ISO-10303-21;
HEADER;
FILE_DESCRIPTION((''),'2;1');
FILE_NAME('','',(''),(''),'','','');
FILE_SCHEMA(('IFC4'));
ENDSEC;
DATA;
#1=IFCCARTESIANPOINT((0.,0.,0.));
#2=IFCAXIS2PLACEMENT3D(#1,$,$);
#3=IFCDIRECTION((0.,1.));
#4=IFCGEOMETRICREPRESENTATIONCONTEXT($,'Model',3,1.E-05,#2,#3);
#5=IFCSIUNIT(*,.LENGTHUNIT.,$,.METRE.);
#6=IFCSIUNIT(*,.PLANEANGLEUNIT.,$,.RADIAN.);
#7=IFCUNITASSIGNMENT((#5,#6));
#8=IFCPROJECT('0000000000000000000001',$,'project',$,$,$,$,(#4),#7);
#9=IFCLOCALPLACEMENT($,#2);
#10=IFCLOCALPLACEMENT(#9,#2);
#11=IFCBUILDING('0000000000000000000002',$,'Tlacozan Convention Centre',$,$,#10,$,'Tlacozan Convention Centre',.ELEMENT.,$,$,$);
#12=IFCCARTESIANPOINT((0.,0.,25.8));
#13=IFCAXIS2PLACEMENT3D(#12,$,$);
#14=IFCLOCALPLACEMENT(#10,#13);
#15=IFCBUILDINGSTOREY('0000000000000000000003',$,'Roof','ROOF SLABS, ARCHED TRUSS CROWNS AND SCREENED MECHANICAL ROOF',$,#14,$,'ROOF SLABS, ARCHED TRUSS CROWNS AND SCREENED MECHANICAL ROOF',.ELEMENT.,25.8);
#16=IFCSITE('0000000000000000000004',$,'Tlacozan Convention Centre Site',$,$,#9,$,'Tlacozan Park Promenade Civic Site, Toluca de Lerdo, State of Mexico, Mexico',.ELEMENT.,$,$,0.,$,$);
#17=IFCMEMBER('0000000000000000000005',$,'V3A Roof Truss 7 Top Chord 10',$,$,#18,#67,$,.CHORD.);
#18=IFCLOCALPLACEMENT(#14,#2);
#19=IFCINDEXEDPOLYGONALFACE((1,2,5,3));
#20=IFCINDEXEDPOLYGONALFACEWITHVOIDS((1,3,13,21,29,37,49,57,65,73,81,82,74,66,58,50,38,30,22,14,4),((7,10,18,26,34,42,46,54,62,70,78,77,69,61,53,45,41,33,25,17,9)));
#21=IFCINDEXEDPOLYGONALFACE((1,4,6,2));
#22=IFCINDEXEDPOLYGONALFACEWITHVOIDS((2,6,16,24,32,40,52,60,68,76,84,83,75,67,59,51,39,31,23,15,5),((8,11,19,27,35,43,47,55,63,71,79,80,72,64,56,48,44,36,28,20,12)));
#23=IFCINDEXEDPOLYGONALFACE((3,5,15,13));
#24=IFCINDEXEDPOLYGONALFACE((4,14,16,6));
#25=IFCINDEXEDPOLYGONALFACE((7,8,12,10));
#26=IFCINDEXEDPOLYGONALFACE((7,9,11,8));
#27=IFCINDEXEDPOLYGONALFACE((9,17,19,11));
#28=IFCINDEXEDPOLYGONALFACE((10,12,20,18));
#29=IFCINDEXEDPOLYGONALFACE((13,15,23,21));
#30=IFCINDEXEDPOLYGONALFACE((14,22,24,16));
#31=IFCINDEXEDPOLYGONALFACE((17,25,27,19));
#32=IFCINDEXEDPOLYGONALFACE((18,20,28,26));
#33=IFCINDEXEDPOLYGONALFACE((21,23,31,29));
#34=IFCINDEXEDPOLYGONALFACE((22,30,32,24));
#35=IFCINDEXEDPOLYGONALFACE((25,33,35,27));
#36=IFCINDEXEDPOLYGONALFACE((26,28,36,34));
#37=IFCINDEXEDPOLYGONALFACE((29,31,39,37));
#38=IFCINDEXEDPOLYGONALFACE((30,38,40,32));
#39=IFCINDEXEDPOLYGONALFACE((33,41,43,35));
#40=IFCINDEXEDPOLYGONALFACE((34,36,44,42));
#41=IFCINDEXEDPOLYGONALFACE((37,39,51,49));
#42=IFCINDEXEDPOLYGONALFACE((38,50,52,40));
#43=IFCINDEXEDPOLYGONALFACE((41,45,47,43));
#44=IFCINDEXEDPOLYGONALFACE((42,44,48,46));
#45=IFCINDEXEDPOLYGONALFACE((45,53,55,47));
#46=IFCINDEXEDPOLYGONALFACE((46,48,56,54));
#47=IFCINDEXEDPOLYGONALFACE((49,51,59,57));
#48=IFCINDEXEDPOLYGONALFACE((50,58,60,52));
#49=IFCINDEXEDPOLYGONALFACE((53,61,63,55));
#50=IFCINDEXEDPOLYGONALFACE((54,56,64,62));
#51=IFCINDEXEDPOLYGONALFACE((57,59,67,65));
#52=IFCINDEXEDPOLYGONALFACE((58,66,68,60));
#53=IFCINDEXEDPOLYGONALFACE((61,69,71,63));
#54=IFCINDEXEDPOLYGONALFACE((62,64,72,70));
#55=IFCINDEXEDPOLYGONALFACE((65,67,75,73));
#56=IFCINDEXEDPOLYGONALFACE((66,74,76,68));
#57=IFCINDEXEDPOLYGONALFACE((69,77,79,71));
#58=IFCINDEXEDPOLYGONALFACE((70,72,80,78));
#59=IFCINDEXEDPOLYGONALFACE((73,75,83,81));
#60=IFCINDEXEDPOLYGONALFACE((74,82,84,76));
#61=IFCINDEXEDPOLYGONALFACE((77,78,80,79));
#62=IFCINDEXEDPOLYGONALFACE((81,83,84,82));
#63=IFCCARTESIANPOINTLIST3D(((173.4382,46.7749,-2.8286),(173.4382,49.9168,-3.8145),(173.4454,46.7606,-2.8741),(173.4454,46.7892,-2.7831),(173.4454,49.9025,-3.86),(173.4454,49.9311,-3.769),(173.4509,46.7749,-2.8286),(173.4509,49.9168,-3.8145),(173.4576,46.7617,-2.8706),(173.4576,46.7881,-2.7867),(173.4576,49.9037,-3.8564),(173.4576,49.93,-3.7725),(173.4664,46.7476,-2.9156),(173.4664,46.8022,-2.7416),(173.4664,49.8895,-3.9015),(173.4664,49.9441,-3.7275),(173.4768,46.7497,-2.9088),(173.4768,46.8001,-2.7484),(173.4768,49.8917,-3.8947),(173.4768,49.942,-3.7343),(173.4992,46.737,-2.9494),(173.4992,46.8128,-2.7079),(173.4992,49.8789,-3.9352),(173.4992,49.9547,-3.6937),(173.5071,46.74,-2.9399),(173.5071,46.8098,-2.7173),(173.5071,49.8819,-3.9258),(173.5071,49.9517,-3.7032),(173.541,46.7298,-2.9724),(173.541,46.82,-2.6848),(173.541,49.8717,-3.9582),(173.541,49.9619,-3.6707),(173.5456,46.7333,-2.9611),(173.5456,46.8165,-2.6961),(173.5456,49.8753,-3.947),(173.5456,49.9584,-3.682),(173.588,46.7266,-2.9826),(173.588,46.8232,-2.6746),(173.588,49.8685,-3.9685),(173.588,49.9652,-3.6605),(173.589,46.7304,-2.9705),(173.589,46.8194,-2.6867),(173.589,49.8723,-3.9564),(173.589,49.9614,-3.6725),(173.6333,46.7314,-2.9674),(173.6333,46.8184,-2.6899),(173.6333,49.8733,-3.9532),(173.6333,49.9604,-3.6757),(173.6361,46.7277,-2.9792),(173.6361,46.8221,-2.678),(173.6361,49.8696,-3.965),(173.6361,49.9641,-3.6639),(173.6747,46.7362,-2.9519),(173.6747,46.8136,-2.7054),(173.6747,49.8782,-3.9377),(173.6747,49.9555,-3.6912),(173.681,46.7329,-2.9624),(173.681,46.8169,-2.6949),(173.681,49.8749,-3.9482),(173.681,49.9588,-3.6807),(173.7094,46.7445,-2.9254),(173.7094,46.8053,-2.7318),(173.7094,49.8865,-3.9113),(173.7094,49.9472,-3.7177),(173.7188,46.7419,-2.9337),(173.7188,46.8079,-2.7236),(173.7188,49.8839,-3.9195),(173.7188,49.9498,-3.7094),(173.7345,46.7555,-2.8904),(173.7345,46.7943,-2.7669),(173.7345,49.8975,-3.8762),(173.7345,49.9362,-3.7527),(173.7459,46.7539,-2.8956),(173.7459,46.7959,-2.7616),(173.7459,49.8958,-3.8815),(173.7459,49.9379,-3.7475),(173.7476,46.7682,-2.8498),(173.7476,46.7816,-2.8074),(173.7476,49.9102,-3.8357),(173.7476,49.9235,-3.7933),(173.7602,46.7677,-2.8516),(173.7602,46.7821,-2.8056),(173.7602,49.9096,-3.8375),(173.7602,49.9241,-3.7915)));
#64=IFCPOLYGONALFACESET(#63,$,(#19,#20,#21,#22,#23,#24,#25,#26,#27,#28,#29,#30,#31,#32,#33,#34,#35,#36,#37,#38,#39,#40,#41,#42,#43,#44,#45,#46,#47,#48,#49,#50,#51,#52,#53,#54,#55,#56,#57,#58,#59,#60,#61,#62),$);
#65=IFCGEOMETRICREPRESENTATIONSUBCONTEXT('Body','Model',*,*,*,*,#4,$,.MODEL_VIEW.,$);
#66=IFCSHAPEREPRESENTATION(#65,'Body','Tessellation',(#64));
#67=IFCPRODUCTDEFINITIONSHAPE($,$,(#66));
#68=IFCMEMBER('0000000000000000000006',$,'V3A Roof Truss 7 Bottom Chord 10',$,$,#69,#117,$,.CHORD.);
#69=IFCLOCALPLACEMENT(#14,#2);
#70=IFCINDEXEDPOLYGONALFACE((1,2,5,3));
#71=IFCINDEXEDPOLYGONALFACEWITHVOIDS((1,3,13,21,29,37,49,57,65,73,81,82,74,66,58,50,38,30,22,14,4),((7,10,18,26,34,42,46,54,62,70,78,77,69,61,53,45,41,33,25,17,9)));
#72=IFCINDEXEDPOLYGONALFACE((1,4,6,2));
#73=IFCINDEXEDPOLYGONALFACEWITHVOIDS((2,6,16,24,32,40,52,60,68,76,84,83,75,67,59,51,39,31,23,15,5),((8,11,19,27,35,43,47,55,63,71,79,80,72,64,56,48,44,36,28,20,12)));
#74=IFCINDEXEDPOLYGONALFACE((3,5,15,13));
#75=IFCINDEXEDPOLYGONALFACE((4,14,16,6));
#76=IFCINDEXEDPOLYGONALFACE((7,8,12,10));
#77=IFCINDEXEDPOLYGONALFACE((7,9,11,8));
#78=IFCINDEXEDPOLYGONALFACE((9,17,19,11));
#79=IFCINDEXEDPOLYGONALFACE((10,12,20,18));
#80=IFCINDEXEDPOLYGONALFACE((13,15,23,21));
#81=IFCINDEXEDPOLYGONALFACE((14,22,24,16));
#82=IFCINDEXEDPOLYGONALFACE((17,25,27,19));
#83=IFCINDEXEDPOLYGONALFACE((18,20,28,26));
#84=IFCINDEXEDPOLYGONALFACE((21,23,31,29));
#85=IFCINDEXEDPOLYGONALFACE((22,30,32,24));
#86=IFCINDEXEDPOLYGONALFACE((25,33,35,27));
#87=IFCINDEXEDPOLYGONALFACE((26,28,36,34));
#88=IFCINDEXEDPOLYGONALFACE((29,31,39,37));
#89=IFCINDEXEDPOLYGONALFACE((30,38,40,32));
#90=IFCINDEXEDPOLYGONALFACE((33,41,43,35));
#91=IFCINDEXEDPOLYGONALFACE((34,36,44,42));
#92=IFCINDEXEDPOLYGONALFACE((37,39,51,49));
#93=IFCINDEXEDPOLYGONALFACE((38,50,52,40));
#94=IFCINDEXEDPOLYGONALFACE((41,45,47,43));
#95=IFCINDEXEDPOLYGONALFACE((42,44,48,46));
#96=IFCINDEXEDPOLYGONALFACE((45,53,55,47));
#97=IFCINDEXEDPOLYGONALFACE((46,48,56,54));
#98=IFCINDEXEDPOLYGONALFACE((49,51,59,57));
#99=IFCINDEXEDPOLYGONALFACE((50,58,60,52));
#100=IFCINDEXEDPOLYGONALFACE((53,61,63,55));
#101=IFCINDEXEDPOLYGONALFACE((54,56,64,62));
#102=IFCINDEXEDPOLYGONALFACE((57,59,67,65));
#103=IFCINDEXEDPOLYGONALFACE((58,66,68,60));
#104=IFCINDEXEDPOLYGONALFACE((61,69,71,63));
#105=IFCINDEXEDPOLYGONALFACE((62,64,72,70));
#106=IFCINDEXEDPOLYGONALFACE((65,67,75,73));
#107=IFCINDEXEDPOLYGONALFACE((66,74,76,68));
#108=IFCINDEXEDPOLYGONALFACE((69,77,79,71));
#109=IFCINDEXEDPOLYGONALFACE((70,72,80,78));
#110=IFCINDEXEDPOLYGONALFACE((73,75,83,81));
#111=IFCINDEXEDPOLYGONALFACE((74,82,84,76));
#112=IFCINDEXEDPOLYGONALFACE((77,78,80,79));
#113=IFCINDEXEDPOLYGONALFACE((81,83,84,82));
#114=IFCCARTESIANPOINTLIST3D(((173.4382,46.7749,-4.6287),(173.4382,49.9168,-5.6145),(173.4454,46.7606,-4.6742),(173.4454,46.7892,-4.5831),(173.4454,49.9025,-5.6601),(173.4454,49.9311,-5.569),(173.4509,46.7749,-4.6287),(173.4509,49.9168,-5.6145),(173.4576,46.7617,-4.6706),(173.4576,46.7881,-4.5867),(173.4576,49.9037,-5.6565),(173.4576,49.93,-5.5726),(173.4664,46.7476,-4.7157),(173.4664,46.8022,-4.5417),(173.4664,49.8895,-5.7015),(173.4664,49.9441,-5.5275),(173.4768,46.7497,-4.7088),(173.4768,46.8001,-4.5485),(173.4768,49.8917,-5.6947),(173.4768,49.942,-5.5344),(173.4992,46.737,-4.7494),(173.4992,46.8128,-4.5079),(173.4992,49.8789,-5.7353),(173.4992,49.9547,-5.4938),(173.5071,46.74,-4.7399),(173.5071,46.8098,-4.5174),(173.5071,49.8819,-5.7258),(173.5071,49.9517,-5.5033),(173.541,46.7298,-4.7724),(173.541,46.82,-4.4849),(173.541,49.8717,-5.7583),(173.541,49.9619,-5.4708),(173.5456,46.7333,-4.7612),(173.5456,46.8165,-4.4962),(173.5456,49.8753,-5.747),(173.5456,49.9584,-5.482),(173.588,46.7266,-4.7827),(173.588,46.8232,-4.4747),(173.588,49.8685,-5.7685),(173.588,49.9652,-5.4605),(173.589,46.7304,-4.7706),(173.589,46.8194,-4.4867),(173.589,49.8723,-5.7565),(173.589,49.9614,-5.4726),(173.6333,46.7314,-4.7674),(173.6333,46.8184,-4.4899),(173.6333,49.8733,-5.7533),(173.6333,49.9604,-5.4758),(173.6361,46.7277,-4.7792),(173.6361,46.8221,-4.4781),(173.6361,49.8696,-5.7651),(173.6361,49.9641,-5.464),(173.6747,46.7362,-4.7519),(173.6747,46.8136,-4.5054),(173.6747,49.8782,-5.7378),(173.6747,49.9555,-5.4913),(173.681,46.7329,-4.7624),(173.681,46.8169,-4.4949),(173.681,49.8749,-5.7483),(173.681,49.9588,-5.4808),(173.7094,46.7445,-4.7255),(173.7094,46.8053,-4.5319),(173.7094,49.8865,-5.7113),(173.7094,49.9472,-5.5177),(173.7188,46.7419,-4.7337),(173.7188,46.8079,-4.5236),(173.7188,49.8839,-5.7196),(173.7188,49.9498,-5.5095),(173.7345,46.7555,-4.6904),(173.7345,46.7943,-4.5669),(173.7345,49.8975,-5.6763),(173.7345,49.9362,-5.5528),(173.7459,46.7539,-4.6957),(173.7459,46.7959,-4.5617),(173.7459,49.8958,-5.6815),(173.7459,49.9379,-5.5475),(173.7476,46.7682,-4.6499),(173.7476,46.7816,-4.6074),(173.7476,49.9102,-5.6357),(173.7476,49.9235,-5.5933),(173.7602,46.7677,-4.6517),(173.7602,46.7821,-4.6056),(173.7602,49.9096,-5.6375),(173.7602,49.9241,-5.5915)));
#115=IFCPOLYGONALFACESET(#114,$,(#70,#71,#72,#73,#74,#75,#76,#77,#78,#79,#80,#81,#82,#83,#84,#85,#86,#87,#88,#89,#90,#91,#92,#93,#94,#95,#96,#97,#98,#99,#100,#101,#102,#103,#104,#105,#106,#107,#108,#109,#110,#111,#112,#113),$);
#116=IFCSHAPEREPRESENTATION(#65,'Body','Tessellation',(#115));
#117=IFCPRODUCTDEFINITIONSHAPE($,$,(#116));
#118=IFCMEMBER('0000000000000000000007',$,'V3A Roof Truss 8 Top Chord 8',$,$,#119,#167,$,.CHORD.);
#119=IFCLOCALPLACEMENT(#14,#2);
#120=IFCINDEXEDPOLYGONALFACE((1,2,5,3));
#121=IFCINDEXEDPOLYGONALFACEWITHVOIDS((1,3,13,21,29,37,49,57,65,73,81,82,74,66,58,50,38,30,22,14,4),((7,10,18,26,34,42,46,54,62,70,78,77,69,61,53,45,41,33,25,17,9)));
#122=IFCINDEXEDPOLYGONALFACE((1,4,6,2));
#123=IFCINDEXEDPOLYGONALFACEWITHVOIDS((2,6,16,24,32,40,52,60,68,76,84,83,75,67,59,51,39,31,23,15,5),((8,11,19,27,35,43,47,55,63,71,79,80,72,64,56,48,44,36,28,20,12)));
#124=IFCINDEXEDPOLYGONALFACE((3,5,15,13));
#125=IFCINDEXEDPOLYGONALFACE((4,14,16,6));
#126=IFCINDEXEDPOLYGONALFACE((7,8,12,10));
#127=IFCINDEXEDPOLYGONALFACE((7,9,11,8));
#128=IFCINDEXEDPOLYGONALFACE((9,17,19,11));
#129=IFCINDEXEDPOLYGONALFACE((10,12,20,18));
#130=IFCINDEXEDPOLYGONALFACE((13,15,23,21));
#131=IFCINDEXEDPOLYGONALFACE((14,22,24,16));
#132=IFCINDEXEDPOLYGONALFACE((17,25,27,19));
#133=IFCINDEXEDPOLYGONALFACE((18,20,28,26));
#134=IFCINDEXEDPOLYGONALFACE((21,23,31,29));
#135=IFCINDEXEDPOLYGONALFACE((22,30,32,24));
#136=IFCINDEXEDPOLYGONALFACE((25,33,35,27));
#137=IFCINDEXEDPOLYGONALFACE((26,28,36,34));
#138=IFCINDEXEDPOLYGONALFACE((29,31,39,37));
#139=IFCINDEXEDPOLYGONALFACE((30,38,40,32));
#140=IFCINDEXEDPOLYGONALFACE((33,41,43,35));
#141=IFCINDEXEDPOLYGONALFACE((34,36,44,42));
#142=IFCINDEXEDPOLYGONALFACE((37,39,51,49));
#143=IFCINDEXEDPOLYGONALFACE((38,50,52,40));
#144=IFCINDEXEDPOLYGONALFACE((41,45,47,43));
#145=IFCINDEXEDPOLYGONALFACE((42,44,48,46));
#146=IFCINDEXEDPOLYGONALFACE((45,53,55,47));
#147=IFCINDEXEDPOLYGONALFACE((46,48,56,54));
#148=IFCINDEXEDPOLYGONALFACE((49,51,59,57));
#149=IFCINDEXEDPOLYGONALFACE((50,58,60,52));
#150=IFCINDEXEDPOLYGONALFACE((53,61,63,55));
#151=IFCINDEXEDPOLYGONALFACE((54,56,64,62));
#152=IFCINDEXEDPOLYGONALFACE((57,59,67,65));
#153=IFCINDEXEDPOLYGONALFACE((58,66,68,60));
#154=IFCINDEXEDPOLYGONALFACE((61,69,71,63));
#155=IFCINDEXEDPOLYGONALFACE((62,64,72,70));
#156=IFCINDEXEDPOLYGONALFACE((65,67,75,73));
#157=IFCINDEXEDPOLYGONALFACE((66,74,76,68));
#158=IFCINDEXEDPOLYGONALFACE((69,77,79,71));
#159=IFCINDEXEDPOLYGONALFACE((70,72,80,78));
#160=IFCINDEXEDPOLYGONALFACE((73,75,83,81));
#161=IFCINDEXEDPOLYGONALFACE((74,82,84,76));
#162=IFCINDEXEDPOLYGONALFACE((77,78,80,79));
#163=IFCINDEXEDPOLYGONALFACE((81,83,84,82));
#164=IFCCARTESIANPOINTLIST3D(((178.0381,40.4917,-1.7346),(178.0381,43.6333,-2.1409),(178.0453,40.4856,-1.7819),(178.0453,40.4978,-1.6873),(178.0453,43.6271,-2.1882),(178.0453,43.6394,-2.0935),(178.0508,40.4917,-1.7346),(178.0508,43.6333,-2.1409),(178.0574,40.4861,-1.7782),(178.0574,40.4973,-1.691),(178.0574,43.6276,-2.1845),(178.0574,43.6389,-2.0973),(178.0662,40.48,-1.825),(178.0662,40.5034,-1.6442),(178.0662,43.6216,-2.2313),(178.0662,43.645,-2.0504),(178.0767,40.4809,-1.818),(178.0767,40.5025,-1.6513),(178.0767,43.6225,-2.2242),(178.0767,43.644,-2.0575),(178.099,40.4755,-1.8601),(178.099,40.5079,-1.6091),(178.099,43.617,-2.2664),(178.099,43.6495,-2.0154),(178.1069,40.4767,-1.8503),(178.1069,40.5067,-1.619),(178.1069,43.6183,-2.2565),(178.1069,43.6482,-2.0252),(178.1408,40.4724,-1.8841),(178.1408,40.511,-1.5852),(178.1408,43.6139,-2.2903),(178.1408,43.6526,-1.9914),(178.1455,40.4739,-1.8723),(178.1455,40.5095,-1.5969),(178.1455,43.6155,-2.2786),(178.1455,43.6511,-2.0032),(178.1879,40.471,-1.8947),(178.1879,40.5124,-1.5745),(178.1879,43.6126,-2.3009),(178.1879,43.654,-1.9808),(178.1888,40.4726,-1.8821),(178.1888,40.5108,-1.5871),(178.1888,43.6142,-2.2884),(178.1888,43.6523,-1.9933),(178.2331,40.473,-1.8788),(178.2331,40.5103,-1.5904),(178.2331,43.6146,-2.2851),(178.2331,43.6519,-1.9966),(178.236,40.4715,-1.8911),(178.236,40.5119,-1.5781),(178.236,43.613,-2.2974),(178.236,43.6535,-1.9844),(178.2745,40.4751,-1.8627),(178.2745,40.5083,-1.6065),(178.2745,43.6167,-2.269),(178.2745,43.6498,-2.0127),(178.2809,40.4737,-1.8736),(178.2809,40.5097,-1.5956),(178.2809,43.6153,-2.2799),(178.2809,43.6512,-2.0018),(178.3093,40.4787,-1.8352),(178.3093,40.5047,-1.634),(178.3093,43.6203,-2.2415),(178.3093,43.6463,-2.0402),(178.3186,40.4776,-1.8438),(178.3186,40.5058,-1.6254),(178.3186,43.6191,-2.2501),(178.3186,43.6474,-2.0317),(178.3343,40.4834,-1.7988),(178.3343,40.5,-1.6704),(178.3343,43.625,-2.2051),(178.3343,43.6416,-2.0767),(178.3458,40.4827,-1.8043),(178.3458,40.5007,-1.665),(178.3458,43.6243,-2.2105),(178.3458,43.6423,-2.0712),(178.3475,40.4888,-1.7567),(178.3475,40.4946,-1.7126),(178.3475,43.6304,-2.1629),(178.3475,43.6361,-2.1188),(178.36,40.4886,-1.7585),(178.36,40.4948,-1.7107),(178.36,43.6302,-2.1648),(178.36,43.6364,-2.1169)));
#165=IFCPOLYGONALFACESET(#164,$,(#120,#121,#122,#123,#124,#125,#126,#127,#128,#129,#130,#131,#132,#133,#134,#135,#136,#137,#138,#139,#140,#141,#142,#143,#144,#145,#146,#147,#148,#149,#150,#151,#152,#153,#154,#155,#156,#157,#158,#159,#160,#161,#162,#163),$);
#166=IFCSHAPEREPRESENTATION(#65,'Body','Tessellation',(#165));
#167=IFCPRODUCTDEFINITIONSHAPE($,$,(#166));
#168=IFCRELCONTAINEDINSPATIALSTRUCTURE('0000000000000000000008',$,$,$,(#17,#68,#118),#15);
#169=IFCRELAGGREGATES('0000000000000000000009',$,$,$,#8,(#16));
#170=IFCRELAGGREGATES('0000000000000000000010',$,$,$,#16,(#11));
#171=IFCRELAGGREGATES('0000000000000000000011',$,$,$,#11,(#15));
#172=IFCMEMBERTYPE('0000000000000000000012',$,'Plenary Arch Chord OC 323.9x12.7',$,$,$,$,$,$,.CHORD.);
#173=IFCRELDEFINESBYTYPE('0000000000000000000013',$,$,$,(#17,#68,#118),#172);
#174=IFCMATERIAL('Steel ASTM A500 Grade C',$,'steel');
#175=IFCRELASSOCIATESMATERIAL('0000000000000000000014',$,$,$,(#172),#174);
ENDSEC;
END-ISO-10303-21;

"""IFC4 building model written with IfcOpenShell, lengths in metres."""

from ifc_helpers import new_model, si_unit, direction, frame, origin, origin_2d, place, context, subcontext, project, spatial, hollow_circle, extrude, material, material_profile, profile_set, type_object, element, save


model = new_model("IFC4")

# Units and contexts
model_context = context("Model", 3, precision=1e-05, world=origin(), true_north=direction((0.0, 1.0)))
body_context = subcontext(model_context, "Body", "Model", "MODEL_VIEW")
ifc_project = project(units=[si_unit("LENGTHUNIT", "METRE"), si_unit("PLANEANGLEUNIT", "RADIAN")], contexts=[model_context])

# Site, building, storey
site_placement = place(None, origin())
site = spatial("IfcSite", under=ifc_project, at=site_placement, Name="Tlacozan Convention Centre Site", LongName="Tlacozan Park Promenade Civic Site, Toluca de Lerdo, State of Mexico, Mexico", CompositionType="ELEMENT", RefElevation=0.0)
building_placement = place(site_placement, origin())
building = spatial("IfcBuilding", under=site, at=building_placement, Name="Tlacozan Convention Centre", LongName="Tlacozan Convention Centre", CompositionType="ELEMENT")
storey_placement = place(building_placement, frame((0.0, 0.0, 25.8)))
storey = spatial("IfcBuildingStorey", under=building, at=storey_placement, Name="Roof", Description="ROOF SLABS, ARCHED TRUSS CROWNS AND SCREENED MECHANICAL ROOF", LongName="ROOF SLABS, ARCHED TRUSS CROWNS AND SCREENED MECHANICAL ROOF", CompositionType="ELEMENT", Elevation=25.8)

# Members
ifc_material_1 = material(Name="Steel ASTM A500 Grade C", Category="steel")
ifc_material_profile_1 = material_profile(ifc_material_1, hollow_circle(Radius=0.1619, WallThickness=0.0127, at=origin_2d()), Name="OC 323.9x12.7")
ifc_profile_set_1 = profile_set([ifc_material_profile_1], Name="Steel ASTM A500 Grade C")
member_type_1 = type_object("IfcMemberType", Name="Plenary Arch Chord OC 323.9x12.7", PredefinedType="CHORD", material=ifc_profile_set_1)
for number, where, z_axis, x_axis, name in (
    (1, (173.6001, 46.7749, -2.8286), (0.0, 0.954132, -0.299385), (-1.0, 0.0, 0.0), "V3A Roof Truss 7 Top Chord 10"),
    (2, (173.6001, 46.7749, -4.6287), (0.0, 0.954132, -0.299385), (-1.0, 0.0, 0.0), "V3A Roof Truss 7 Bottom Chord 10"),
):
    element("IfcMember", number, at=place(storey_placement, frame(where, z_axis=z_axis, x_axis=x_axis)), inside=storey, type_object=member_type_1, Name=name, PredefinedType="CHORD", context=body_context, shape_type="SweptSolid", body=[
        extrude(hollow_circle(Radius=0.1619, WallThickness=0.0127, at=origin_2d()), origin(), (0.0, 0.0, 1.0), 3.293),
    ])
for number, where, z_axis, x_axis, name in (
    (3, (178.2, 40.4917, -1.7346), (0.0, 0.991742, -0.128245), (-1.0, 0.0, 0.0), "V3A Roof Truss 8 Top Chord 8"),
):
    element("IfcMember", number, at=place(storey_placement, frame(where, z_axis=z_axis, x_axis=x_axis)), inside=storey, type_object=member_type_1, Name=name, PredefinedType="CHORD", context=body_context, shape_type="SweptSolid", body=[
        extrude(hollow_circle(Radius=0.1619, WallThickness=0.0127, at=origin_2d()), origin(), (0.0, 0.0, 1.0), 3.1677),
    ])

save(model, "model.ifc")
